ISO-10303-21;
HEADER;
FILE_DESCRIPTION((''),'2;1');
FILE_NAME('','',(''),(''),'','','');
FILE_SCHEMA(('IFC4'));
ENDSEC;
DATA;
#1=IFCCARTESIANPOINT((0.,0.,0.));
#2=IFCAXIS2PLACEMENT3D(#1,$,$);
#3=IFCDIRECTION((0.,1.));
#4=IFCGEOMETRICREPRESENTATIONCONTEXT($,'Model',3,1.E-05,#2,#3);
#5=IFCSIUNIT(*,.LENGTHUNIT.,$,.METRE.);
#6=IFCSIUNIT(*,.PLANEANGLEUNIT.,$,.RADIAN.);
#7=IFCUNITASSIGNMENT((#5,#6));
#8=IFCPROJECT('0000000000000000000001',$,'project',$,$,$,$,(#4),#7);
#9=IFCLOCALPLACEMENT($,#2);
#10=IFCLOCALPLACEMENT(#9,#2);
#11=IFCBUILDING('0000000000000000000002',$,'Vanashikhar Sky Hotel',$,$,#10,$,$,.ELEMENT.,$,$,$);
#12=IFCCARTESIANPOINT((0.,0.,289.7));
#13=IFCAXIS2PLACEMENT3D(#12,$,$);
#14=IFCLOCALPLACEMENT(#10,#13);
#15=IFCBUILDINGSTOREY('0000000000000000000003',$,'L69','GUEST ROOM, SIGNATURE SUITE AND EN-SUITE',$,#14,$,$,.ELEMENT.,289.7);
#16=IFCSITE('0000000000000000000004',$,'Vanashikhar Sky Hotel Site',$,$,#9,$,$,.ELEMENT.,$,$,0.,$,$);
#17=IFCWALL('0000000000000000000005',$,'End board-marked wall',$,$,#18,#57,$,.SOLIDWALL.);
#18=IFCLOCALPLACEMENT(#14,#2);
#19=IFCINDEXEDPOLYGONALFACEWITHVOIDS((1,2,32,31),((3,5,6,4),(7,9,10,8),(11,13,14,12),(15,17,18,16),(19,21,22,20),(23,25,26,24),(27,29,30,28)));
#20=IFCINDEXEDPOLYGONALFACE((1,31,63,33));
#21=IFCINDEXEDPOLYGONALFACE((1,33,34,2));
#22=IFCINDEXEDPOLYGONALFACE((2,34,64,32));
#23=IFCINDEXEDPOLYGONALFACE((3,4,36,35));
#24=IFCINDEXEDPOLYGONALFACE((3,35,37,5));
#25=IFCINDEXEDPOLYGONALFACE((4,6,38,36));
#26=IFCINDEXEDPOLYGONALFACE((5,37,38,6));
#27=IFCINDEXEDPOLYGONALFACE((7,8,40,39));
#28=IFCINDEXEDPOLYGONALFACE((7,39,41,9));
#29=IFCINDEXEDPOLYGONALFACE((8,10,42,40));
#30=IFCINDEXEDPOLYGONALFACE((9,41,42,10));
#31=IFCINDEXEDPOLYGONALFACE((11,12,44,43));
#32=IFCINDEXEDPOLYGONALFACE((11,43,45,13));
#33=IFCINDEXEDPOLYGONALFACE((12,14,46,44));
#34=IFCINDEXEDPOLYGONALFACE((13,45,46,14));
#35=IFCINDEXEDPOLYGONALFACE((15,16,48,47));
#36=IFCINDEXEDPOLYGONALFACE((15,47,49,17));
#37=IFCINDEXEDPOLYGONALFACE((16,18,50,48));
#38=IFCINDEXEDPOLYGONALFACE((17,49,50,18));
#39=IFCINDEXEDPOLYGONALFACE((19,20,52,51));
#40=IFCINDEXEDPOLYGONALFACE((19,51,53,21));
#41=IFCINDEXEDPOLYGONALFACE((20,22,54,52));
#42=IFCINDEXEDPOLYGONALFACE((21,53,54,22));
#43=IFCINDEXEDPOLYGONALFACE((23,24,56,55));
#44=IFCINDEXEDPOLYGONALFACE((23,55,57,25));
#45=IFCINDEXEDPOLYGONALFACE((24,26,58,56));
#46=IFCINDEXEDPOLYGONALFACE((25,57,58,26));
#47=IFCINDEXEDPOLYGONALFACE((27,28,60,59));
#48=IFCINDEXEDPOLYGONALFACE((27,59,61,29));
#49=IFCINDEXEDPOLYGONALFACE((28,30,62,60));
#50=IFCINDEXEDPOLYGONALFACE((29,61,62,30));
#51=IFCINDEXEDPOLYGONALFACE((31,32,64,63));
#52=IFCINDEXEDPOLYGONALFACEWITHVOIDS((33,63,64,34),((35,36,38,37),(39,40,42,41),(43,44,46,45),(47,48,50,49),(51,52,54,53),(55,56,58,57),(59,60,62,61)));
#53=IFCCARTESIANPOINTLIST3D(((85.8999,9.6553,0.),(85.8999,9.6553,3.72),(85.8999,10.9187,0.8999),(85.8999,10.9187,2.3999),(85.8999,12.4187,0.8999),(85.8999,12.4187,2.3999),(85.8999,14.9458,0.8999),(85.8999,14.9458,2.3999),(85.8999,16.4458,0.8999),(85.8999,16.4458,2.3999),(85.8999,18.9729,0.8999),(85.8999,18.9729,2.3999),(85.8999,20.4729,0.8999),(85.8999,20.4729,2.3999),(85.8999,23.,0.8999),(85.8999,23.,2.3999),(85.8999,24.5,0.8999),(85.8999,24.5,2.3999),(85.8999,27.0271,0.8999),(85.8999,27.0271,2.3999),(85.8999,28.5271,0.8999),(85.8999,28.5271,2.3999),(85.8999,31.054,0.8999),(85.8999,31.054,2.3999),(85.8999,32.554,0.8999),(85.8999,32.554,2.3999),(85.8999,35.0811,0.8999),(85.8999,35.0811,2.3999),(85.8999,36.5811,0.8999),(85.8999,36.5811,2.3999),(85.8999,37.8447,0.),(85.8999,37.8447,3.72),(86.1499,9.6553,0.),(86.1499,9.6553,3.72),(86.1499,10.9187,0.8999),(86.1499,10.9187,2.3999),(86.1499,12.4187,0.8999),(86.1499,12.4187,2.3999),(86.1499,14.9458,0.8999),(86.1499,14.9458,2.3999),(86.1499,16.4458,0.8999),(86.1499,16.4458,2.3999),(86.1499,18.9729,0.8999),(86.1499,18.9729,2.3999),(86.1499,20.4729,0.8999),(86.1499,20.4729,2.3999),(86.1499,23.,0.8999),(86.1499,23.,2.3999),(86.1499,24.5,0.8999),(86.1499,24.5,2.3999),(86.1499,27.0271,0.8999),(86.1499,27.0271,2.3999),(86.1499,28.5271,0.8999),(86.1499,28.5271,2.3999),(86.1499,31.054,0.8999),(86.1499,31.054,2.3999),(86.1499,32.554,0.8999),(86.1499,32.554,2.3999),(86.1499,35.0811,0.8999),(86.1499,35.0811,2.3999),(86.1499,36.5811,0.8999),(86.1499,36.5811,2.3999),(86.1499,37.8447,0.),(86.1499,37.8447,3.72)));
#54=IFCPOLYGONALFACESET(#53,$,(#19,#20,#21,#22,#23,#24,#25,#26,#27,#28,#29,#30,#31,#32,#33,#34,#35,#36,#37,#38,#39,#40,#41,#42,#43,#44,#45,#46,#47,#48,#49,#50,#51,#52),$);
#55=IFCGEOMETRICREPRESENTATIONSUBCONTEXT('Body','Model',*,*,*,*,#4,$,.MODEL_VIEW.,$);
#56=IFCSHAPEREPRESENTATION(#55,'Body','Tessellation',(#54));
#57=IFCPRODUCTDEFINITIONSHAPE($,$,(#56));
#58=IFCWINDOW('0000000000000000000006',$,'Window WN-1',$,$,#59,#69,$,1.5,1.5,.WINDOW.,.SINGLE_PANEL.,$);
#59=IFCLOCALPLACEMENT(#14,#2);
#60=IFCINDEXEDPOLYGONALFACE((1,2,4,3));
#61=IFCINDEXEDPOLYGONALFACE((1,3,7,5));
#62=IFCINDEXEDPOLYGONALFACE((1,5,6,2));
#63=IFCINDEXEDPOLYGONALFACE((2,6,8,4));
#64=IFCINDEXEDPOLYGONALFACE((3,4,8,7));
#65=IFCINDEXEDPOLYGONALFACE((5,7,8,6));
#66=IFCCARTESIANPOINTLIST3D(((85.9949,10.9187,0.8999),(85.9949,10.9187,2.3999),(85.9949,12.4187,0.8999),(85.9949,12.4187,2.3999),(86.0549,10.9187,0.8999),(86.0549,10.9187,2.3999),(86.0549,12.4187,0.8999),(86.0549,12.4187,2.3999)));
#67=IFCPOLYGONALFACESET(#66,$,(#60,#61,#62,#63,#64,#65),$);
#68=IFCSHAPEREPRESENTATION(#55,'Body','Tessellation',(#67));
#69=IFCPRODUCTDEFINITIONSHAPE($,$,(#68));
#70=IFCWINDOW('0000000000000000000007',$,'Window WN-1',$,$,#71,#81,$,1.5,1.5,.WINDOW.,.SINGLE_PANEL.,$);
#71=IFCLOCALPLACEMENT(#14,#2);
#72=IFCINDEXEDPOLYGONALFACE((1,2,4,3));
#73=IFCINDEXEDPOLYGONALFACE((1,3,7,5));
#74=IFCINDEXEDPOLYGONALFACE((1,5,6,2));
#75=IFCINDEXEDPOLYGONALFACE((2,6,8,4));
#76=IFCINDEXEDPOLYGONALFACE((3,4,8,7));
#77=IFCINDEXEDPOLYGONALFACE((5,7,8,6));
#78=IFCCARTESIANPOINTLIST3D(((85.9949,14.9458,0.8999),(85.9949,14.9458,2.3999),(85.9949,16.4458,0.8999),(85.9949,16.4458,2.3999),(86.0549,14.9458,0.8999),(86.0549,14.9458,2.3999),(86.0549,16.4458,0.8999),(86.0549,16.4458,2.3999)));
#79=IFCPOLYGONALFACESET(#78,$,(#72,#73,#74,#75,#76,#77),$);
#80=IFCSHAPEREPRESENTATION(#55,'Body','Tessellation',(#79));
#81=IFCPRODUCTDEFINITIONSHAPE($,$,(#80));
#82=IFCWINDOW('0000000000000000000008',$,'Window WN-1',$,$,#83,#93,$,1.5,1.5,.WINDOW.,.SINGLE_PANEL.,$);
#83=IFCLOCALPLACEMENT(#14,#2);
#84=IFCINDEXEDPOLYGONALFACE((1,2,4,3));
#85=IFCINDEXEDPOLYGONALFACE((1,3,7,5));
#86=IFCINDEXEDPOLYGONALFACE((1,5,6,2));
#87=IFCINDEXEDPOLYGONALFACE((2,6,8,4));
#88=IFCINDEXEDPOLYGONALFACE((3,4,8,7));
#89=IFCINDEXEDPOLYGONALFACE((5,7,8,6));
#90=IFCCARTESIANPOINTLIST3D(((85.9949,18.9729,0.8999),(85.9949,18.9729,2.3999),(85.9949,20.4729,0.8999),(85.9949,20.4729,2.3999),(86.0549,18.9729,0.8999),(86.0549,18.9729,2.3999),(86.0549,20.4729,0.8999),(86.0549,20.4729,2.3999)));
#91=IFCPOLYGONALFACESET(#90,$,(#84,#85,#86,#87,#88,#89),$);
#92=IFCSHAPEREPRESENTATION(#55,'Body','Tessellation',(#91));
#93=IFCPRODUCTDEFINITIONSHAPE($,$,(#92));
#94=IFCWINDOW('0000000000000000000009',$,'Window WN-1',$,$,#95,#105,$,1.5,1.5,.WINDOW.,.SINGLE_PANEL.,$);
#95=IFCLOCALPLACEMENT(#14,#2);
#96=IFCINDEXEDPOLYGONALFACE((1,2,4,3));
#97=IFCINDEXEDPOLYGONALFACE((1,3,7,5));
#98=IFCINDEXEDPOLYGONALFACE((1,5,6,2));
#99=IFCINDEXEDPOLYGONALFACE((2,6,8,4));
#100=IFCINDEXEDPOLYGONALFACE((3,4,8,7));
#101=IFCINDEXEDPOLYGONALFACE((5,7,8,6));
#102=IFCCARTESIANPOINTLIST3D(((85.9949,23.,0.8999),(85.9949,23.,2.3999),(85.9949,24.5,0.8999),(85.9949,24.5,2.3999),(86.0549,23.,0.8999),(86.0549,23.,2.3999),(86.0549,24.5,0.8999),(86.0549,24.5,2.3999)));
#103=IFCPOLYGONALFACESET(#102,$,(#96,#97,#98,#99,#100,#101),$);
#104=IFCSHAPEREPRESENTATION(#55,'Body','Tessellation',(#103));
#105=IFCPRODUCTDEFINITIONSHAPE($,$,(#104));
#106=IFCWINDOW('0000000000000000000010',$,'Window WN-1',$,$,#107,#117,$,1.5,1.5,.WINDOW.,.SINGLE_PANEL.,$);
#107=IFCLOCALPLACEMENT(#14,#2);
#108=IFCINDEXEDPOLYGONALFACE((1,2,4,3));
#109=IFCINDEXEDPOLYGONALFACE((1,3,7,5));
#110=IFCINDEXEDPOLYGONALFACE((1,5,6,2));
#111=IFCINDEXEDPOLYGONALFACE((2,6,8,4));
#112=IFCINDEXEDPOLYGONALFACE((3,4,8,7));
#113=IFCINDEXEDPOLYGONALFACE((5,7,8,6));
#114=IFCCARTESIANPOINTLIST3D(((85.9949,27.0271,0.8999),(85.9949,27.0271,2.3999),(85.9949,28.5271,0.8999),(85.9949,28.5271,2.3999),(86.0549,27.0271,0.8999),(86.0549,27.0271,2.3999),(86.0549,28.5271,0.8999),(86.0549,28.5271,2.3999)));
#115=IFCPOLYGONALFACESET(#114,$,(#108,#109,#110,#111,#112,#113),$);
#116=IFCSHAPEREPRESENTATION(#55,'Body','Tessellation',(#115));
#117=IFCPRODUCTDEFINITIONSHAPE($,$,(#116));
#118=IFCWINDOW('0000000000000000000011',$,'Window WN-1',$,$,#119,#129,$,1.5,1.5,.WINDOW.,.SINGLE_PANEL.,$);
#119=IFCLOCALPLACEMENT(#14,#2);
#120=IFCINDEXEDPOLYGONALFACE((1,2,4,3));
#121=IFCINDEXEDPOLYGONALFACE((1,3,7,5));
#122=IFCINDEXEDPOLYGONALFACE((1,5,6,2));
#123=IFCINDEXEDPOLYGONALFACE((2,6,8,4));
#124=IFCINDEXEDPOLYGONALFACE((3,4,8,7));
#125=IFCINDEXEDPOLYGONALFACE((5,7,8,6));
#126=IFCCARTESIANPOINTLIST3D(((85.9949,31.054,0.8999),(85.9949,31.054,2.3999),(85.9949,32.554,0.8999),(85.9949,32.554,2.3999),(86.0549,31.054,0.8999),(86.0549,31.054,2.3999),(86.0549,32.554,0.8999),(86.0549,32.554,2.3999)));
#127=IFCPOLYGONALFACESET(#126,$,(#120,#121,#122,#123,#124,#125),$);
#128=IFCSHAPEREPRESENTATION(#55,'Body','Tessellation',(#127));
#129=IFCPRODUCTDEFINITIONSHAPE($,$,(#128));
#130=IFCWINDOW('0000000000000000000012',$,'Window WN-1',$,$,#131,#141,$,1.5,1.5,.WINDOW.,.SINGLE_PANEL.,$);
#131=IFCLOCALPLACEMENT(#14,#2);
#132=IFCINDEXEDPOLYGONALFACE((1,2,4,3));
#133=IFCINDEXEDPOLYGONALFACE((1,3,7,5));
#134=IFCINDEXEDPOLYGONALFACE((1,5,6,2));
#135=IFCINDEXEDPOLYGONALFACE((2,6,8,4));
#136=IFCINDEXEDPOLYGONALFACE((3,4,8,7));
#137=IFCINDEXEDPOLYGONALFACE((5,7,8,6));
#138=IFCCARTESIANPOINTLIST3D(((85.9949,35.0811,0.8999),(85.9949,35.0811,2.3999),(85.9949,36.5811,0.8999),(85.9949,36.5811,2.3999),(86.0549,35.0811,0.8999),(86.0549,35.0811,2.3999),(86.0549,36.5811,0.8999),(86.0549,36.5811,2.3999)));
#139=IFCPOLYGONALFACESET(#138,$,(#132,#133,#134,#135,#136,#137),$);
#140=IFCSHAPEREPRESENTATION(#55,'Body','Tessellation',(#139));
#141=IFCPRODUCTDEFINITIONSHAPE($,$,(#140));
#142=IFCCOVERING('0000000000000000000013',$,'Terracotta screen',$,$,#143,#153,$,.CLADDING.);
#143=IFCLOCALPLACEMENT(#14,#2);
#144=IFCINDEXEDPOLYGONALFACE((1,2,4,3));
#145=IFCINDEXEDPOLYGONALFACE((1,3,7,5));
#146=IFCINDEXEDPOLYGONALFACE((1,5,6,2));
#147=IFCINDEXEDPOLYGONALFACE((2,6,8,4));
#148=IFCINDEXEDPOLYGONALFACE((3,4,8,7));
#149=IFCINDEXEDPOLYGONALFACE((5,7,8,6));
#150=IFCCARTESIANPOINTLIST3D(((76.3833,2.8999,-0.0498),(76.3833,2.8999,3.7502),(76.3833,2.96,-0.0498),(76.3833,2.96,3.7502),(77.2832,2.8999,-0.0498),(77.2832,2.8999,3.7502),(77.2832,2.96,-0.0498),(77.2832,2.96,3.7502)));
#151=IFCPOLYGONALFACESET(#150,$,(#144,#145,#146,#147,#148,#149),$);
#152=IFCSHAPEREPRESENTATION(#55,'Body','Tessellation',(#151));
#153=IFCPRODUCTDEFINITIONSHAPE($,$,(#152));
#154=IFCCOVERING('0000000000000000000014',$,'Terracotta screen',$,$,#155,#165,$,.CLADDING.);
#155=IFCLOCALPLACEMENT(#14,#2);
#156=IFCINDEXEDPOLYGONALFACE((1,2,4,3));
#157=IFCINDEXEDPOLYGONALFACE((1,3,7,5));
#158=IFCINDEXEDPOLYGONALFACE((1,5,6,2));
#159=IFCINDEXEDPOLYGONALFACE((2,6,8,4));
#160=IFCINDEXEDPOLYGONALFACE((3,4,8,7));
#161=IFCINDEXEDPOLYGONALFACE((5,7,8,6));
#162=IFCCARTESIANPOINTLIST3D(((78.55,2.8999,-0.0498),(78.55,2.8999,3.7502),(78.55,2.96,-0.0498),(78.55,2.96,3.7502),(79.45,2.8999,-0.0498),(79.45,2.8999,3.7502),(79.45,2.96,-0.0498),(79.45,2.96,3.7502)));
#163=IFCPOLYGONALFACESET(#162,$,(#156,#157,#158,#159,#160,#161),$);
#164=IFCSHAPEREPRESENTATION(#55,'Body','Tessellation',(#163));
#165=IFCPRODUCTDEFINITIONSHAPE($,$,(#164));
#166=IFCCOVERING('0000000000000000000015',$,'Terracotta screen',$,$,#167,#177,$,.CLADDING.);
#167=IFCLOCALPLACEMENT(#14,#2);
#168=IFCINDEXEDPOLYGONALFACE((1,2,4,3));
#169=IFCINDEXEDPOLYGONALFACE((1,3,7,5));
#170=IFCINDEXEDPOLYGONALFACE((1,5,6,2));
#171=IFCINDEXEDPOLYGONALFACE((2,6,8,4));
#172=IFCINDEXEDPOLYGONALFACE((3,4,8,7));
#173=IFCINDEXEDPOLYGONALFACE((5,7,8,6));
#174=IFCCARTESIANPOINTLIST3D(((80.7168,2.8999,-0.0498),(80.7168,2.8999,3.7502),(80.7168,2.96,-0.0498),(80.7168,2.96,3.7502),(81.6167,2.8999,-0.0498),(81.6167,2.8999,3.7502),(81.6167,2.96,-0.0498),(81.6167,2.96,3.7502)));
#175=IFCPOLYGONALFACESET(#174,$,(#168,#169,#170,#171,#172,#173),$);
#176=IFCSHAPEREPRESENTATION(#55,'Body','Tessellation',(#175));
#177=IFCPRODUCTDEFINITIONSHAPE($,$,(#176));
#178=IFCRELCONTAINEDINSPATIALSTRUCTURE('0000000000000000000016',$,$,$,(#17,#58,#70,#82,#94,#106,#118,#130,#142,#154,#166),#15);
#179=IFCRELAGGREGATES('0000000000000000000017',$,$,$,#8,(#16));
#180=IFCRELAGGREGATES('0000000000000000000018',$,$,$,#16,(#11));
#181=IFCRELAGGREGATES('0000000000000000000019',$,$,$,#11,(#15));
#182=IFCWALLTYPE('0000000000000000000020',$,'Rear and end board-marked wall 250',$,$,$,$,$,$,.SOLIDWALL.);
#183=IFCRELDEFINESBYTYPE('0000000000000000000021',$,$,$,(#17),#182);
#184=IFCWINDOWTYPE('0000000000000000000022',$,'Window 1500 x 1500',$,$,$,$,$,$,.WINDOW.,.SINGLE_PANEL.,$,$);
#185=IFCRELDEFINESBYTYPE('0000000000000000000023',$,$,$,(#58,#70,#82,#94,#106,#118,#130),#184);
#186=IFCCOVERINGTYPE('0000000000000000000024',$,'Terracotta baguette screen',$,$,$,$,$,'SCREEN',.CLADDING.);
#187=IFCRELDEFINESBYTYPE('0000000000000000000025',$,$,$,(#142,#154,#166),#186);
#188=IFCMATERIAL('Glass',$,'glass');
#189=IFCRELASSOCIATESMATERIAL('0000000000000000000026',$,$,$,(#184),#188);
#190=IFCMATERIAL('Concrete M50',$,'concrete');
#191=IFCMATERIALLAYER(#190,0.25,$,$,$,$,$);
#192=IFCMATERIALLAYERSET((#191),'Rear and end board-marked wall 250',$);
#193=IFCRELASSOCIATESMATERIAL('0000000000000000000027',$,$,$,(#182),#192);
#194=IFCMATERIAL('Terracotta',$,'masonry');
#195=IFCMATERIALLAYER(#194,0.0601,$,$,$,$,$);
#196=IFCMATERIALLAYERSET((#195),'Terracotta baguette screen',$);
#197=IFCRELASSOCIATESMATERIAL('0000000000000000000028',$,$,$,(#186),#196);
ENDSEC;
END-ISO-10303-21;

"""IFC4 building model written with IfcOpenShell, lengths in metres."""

from ifc_helpers import new_model, si_unit, direction, frame, frame_2d, origin, origin_2d, place, context, subcontext, project, spatial, rectangle, extrude, source, transform, mapped, material, layer, layer_set, type_object, element, fill, save


model = new_model("IFC4")

# Units and contexts
model_context = context("Model", 3, precision=1e-05, world=origin(), true_north=direction((0.0, 1.0)))
body_context = subcontext(model_context, "Body", "Model", "MODEL_VIEW")
ifc_project = project(units=[si_unit("LENGTHUNIT", "METRE"), si_unit("PLANEANGLEUNIT", "RADIAN")], contexts=[model_context])

# Site, building, storey
site_placement = place(None, origin())
site = spatial("IfcSite", under=ifc_project, at=site_placement, Name="Vanashikhar Sky Hotel Site", CompositionType="ELEMENT", RefElevation=0.0)
building_placement = place(site_placement, origin())
building = spatial("IfcBuilding", under=site, at=building_placement, Name="Vanashikhar Sky Hotel", CompositionType="ELEMENT")
storey_placement = place(building_placement, frame((0.0, 0.0, 289.7)))
storey = spatial("IfcBuildingStorey", under=building, at=storey_placement, Name="L69", Description="GUEST ROOM, SIGNATURE SUITE AND EN-SUITE", CompositionType="ELEMENT", Elevation=289.7)

# Shared definitions
ifc_material_1 = material(Name="Concrete M50", Category="concrete")

# Shared definitions
ifc_material_2 = material(Name="Glass", Category="glass")
window_type_1 = type_object("IfcWindowType", Name="Window 1500 x 1500", PartitioningType="SINGLE_PANEL", PredefinedType="WINDOW", material=ifc_material_2)
shared_shape_1 = source(origin(), body_context, "Body", "SweptSolid", [
    extrude(rectangle(XDim=1.5, YDim=1.5, at=frame_2d((0.75, 0.75))), frame((0.0, 0.03, 0.0), z_axis=(0.0, -1.0, 0.0), x_axis=(1.0, 0.0, 0.0)), (0.0, 0.0, 1.0), 0.0601),
])

# Wall, openings, windows
ifc_layer_1 = layer(ifc_material_1, 0.25)
ifc_layer_set_1 = layer_set([ifc_layer_1], Name="Rear and end board-marked wall 250")
wall_type_1 = type_object("IfcWallType", Name="Rear and end board-marked wall 250", PredefinedType="SOLIDWALL", material=ifc_layer_set_1)
shared_shape_2 = source(origin(), body_context, "Body", "SweptSolid", [
    extrude(rectangle(XDim=28.1895, YDim=0.25, at=frame_2d((14.0947, 0.0))), origin(), (0.0, 0.0, 1.0), 3.72),
])
wall_1_placement = place(storey_placement, frame((86.0249, 9.6553, 0.0), z_axis=(0.0, 0.0, 1.0), x_axis=(0.0, 1.0, 0.0)))
wall_1 = element("IfcWall", 1, at=wall_1_placement, inside=storey, type_object=wall_type_1, Name="End board-marked wall", PredefinedType="SOLIDWALL", context=body_context, shape_type="MappedRepresentation", body=[
    mapped(shared_shape_2, transform((0.0, 0.0, 0.0), scale=1.0)),
])
shared_shape_3 = source(origin(), body_context, "Body", "SweptSolid", [
    extrude(rectangle(XDim=1.5, YDim=1.5, at=frame_2d((0.75, 0.75))), frame((0.0, 0.135, 0.0), z_axis=(0.0, -1.0, 0.0), x_axis=(1.0, 0.0, 0.0)), (0.0, 0.0, 1.0), 0.27),
])
opening_1_placement = place(wall_1_placement, frame((1.2634, 0.0, 0.8999)))
opening_1 = element("IfcOpeningElement", 2, at=opening_1_placement, cuts=wall_1, PredefinedType="OPENING", context=body_context, shape_type="MappedRepresentation", body=[
    mapped(shared_shape_3, transform((0.0, 0.0, 0.0), scale=1.0)),
])
opening_2_placement = place(wall_1_placement, frame((5.2905, 0.0, 0.8999)))
opening_2 = element("IfcOpeningElement", 3, at=opening_2_placement, cuts=wall_1, PredefinedType="OPENING", context=body_context, shape_type="MappedRepresentation", body=[
    mapped(shared_shape_3, transform((0.0, 0.0, 0.0), scale=1.0)),
])
opening_3_placement = place(wall_1_placement, frame((9.3176, 0.0, 0.8999)))
opening_3 = element("IfcOpeningElement", 4, at=opening_3_placement, cuts=wall_1, PredefinedType="OPENING", context=body_context, shape_type="MappedRepresentation", body=[
    mapped(shared_shape_3, transform((0.0, 0.0, 0.0), scale=1.0)),
])
opening_4_placement = place(wall_1_placement, frame((13.3447, 0.0, 0.8999)))
opening_4 = element("IfcOpeningElement", 5, at=opening_4_placement, cuts=wall_1, PredefinedType="OPENING", context=body_context, shape_type="MappedRepresentation", body=[
    mapped(shared_shape_3, transform((0.0, 0.0, 0.0), scale=1.0)),
])
opening_5_placement = place(wall_1_placement, frame((17.3718, 0.0, 0.8999)))
opening_5 = element("IfcOpeningElement", 6, at=opening_5_placement, cuts=wall_1, PredefinedType="OPENING", context=body_context, shape_type="MappedRepresentation", body=[
    mapped(shared_shape_3, transform((0.0, 0.0, 0.0), scale=1.0)),
])
opening_6_placement = place(wall_1_placement, frame((21.3987, 0.0, 0.8999)))
opening_6 = element("IfcOpeningElement", 7, at=opening_6_placement, cuts=wall_1, PredefinedType="OPENING", context=body_context, shape_type="MappedRepresentation", body=[
    mapped(shared_shape_3, transform((0.0, 0.0, 0.0), scale=1.0)),
])
opening_7_placement = place(wall_1_placement, frame((25.4258, 0.0, 0.8999)))
opening_7 = element("IfcOpeningElement", 8, at=opening_7_placement, cuts=wall_1, PredefinedType="OPENING", context=body_context, shape_type="MappedRepresentation", body=[
    mapped(shared_shape_3, transform((0.0, 0.0, 0.0), scale=1.0)),
])
window_1_placement = place(opening_1_placement, origin())
window_1 = element("IfcWindow", 9, at=window_1_placement, inside=storey, type_object=window_type_1, Name="Window WN-1", OverallHeight=1.5, OverallWidth=1.5, PartitioningType="SINGLE_PANEL", PredefinedType="WINDOW", context=body_context, shape_type="MappedRepresentation", body=[
    mapped(shared_shape_1, transform((0.0, 0.0, 0.0), scale=1.0)),
])
fill(opening_1, window_1)
window_2_placement = place(opening_2_placement, origin())
window_2 = element("IfcWindow", 10, at=window_2_placement, inside=storey, type_object=window_type_1, Name="Window WN-1", OverallHeight=1.5, OverallWidth=1.5, PartitioningType="SINGLE_PANEL", PredefinedType="WINDOW", context=body_context, shape_type="MappedRepresentation", body=[
    mapped(shared_shape_1, transform((0.0, 0.0, 0.0), scale=1.0)),
])
fill(opening_2, window_2)
window_3_placement = place(opening_3_placement, origin())
window_3 = element("IfcWindow", 11, at=window_3_placement, inside=storey, type_object=window_type_1, Name="Window WN-1", OverallHeight=1.5, OverallWidth=1.5, PartitioningType="SINGLE_PANEL", PredefinedType="WINDOW", context=body_context, shape_type="MappedRepresentation", body=[
    mapped(shared_shape_1, transform((0.0, 0.0, 0.0), scale=1.0)),
])
fill(opening_3, window_3)
window_4_placement = place(opening_4_placement, origin())
window_4 = element("IfcWindow", 12, at=window_4_placement, inside=storey, type_object=window_type_1, Name="Window WN-1", OverallHeight=1.5, OverallWidth=1.5, PartitioningType="SINGLE_PANEL", PredefinedType="WINDOW", context=body_context, shape_type="MappedRepresentation", body=[
    mapped(shared_shape_1, transform((0.0, 0.0, 0.0), scale=1.0)),
])
fill(opening_4, window_4)
window_5_placement = place(opening_5_placement, origin())
window_5 = element("IfcWindow", 13, at=window_5_placement, inside=storey, type_object=window_type_1, Name="Window WN-1", OverallHeight=1.5, OverallWidth=1.5, PartitioningType="SINGLE_PANEL", PredefinedType="WINDOW", context=body_context, shape_type="MappedRepresentation", body=[
    mapped(shared_shape_1, transform((0.0, 0.0, 0.0), scale=1.0)),
])
fill(opening_5, window_5)
window_6_placement = place(opening_6_placement, origin())
window_6 = element("IfcWindow", 14, at=window_6_placement, inside=storey, type_object=window_type_1, Name="Window WN-1", OverallHeight=1.5, OverallWidth=1.5, PartitioningType="SINGLE_PANEL", PredefinedType="WINDOW", context=body_context, shape_type="MappedRepresentation", body=[
    mapped(shared_shape_1, transform((0.0, 0.0, 0.0), scale=1.0)),
])
fill(opening_6, window_6)
window_7_placement = place(opening_7_placement, origin())
window_7 = element("IfcWindow", 15, at=window_7_placement, inside=storey, type_object=window_type_1, Name="Window WN-1", OverallHeight=1.5, OverallWidth=1.5, PartitioningType="SINGLE_PANEL", PredefinedType="WINDOW", context=body_context, shape_type="MappedRepresentation", body=[
    mapped(shared_shape_1, transform((0.0, 0.0, 0.0), scale=1.0)),
])
fill(opening_7, window_7)

# Coverings
ifc_material_3 = material(Name="Terracotta", Category="masonry")
ifc_layer_2 = layer(ifc_material_3, 0.0601)
ifc_layer_set_2 = layer_set([ifc_layer_2], Name="Terracotta baguette screen")
covering_type = type_object("IfcCoveringType", Name="Terracotta baguette screen", ElementType="SCREEN", PredefinedType="CLADDING", material=ifc_layer_set_2)
shared_shape_4 = source(origin(), body_context, "Body", "SweptSolid", [
    extrude(rectangle(XDim=0.8999, YDim=0.0601, at=origin_2d()), origin(), (0.0, 0.0, 1.0), 3.8),
])
for number, where, z_axis, x_axis, name in (
    (16, (76.8333, 2.9299, -0.0498), (0.0, 0.0, 1.0), (1.0, 0.0, 0.0), "Terracotta screen"),
    (17, (79.0, 2.9299, -0.0498), (0.0, 0.0, 1.0), (1.0, 0.0, 0.0), "Terracotta screen"),
    (18, (81.1667, 2.9299, -0.0498), (0.0, 0.0, 1.0), (1.0, 0.0, 0.0), "Terracotta screen"),
):
    element("IfcCovering", number, at=place(storey_placement, frame(where, z_axis=z_axis, x_axis=x_axis)), inside=storey, type_object=covering_type, Name=name, PredefinedType="CLADDING", context=body_context, shape_type="MappedRepresentation", body=[
        mapped(shared_shape_4, transform((0.0, 0.0, 0.0), scale=1.0)),
    ])

save(model, "model.ifc")
